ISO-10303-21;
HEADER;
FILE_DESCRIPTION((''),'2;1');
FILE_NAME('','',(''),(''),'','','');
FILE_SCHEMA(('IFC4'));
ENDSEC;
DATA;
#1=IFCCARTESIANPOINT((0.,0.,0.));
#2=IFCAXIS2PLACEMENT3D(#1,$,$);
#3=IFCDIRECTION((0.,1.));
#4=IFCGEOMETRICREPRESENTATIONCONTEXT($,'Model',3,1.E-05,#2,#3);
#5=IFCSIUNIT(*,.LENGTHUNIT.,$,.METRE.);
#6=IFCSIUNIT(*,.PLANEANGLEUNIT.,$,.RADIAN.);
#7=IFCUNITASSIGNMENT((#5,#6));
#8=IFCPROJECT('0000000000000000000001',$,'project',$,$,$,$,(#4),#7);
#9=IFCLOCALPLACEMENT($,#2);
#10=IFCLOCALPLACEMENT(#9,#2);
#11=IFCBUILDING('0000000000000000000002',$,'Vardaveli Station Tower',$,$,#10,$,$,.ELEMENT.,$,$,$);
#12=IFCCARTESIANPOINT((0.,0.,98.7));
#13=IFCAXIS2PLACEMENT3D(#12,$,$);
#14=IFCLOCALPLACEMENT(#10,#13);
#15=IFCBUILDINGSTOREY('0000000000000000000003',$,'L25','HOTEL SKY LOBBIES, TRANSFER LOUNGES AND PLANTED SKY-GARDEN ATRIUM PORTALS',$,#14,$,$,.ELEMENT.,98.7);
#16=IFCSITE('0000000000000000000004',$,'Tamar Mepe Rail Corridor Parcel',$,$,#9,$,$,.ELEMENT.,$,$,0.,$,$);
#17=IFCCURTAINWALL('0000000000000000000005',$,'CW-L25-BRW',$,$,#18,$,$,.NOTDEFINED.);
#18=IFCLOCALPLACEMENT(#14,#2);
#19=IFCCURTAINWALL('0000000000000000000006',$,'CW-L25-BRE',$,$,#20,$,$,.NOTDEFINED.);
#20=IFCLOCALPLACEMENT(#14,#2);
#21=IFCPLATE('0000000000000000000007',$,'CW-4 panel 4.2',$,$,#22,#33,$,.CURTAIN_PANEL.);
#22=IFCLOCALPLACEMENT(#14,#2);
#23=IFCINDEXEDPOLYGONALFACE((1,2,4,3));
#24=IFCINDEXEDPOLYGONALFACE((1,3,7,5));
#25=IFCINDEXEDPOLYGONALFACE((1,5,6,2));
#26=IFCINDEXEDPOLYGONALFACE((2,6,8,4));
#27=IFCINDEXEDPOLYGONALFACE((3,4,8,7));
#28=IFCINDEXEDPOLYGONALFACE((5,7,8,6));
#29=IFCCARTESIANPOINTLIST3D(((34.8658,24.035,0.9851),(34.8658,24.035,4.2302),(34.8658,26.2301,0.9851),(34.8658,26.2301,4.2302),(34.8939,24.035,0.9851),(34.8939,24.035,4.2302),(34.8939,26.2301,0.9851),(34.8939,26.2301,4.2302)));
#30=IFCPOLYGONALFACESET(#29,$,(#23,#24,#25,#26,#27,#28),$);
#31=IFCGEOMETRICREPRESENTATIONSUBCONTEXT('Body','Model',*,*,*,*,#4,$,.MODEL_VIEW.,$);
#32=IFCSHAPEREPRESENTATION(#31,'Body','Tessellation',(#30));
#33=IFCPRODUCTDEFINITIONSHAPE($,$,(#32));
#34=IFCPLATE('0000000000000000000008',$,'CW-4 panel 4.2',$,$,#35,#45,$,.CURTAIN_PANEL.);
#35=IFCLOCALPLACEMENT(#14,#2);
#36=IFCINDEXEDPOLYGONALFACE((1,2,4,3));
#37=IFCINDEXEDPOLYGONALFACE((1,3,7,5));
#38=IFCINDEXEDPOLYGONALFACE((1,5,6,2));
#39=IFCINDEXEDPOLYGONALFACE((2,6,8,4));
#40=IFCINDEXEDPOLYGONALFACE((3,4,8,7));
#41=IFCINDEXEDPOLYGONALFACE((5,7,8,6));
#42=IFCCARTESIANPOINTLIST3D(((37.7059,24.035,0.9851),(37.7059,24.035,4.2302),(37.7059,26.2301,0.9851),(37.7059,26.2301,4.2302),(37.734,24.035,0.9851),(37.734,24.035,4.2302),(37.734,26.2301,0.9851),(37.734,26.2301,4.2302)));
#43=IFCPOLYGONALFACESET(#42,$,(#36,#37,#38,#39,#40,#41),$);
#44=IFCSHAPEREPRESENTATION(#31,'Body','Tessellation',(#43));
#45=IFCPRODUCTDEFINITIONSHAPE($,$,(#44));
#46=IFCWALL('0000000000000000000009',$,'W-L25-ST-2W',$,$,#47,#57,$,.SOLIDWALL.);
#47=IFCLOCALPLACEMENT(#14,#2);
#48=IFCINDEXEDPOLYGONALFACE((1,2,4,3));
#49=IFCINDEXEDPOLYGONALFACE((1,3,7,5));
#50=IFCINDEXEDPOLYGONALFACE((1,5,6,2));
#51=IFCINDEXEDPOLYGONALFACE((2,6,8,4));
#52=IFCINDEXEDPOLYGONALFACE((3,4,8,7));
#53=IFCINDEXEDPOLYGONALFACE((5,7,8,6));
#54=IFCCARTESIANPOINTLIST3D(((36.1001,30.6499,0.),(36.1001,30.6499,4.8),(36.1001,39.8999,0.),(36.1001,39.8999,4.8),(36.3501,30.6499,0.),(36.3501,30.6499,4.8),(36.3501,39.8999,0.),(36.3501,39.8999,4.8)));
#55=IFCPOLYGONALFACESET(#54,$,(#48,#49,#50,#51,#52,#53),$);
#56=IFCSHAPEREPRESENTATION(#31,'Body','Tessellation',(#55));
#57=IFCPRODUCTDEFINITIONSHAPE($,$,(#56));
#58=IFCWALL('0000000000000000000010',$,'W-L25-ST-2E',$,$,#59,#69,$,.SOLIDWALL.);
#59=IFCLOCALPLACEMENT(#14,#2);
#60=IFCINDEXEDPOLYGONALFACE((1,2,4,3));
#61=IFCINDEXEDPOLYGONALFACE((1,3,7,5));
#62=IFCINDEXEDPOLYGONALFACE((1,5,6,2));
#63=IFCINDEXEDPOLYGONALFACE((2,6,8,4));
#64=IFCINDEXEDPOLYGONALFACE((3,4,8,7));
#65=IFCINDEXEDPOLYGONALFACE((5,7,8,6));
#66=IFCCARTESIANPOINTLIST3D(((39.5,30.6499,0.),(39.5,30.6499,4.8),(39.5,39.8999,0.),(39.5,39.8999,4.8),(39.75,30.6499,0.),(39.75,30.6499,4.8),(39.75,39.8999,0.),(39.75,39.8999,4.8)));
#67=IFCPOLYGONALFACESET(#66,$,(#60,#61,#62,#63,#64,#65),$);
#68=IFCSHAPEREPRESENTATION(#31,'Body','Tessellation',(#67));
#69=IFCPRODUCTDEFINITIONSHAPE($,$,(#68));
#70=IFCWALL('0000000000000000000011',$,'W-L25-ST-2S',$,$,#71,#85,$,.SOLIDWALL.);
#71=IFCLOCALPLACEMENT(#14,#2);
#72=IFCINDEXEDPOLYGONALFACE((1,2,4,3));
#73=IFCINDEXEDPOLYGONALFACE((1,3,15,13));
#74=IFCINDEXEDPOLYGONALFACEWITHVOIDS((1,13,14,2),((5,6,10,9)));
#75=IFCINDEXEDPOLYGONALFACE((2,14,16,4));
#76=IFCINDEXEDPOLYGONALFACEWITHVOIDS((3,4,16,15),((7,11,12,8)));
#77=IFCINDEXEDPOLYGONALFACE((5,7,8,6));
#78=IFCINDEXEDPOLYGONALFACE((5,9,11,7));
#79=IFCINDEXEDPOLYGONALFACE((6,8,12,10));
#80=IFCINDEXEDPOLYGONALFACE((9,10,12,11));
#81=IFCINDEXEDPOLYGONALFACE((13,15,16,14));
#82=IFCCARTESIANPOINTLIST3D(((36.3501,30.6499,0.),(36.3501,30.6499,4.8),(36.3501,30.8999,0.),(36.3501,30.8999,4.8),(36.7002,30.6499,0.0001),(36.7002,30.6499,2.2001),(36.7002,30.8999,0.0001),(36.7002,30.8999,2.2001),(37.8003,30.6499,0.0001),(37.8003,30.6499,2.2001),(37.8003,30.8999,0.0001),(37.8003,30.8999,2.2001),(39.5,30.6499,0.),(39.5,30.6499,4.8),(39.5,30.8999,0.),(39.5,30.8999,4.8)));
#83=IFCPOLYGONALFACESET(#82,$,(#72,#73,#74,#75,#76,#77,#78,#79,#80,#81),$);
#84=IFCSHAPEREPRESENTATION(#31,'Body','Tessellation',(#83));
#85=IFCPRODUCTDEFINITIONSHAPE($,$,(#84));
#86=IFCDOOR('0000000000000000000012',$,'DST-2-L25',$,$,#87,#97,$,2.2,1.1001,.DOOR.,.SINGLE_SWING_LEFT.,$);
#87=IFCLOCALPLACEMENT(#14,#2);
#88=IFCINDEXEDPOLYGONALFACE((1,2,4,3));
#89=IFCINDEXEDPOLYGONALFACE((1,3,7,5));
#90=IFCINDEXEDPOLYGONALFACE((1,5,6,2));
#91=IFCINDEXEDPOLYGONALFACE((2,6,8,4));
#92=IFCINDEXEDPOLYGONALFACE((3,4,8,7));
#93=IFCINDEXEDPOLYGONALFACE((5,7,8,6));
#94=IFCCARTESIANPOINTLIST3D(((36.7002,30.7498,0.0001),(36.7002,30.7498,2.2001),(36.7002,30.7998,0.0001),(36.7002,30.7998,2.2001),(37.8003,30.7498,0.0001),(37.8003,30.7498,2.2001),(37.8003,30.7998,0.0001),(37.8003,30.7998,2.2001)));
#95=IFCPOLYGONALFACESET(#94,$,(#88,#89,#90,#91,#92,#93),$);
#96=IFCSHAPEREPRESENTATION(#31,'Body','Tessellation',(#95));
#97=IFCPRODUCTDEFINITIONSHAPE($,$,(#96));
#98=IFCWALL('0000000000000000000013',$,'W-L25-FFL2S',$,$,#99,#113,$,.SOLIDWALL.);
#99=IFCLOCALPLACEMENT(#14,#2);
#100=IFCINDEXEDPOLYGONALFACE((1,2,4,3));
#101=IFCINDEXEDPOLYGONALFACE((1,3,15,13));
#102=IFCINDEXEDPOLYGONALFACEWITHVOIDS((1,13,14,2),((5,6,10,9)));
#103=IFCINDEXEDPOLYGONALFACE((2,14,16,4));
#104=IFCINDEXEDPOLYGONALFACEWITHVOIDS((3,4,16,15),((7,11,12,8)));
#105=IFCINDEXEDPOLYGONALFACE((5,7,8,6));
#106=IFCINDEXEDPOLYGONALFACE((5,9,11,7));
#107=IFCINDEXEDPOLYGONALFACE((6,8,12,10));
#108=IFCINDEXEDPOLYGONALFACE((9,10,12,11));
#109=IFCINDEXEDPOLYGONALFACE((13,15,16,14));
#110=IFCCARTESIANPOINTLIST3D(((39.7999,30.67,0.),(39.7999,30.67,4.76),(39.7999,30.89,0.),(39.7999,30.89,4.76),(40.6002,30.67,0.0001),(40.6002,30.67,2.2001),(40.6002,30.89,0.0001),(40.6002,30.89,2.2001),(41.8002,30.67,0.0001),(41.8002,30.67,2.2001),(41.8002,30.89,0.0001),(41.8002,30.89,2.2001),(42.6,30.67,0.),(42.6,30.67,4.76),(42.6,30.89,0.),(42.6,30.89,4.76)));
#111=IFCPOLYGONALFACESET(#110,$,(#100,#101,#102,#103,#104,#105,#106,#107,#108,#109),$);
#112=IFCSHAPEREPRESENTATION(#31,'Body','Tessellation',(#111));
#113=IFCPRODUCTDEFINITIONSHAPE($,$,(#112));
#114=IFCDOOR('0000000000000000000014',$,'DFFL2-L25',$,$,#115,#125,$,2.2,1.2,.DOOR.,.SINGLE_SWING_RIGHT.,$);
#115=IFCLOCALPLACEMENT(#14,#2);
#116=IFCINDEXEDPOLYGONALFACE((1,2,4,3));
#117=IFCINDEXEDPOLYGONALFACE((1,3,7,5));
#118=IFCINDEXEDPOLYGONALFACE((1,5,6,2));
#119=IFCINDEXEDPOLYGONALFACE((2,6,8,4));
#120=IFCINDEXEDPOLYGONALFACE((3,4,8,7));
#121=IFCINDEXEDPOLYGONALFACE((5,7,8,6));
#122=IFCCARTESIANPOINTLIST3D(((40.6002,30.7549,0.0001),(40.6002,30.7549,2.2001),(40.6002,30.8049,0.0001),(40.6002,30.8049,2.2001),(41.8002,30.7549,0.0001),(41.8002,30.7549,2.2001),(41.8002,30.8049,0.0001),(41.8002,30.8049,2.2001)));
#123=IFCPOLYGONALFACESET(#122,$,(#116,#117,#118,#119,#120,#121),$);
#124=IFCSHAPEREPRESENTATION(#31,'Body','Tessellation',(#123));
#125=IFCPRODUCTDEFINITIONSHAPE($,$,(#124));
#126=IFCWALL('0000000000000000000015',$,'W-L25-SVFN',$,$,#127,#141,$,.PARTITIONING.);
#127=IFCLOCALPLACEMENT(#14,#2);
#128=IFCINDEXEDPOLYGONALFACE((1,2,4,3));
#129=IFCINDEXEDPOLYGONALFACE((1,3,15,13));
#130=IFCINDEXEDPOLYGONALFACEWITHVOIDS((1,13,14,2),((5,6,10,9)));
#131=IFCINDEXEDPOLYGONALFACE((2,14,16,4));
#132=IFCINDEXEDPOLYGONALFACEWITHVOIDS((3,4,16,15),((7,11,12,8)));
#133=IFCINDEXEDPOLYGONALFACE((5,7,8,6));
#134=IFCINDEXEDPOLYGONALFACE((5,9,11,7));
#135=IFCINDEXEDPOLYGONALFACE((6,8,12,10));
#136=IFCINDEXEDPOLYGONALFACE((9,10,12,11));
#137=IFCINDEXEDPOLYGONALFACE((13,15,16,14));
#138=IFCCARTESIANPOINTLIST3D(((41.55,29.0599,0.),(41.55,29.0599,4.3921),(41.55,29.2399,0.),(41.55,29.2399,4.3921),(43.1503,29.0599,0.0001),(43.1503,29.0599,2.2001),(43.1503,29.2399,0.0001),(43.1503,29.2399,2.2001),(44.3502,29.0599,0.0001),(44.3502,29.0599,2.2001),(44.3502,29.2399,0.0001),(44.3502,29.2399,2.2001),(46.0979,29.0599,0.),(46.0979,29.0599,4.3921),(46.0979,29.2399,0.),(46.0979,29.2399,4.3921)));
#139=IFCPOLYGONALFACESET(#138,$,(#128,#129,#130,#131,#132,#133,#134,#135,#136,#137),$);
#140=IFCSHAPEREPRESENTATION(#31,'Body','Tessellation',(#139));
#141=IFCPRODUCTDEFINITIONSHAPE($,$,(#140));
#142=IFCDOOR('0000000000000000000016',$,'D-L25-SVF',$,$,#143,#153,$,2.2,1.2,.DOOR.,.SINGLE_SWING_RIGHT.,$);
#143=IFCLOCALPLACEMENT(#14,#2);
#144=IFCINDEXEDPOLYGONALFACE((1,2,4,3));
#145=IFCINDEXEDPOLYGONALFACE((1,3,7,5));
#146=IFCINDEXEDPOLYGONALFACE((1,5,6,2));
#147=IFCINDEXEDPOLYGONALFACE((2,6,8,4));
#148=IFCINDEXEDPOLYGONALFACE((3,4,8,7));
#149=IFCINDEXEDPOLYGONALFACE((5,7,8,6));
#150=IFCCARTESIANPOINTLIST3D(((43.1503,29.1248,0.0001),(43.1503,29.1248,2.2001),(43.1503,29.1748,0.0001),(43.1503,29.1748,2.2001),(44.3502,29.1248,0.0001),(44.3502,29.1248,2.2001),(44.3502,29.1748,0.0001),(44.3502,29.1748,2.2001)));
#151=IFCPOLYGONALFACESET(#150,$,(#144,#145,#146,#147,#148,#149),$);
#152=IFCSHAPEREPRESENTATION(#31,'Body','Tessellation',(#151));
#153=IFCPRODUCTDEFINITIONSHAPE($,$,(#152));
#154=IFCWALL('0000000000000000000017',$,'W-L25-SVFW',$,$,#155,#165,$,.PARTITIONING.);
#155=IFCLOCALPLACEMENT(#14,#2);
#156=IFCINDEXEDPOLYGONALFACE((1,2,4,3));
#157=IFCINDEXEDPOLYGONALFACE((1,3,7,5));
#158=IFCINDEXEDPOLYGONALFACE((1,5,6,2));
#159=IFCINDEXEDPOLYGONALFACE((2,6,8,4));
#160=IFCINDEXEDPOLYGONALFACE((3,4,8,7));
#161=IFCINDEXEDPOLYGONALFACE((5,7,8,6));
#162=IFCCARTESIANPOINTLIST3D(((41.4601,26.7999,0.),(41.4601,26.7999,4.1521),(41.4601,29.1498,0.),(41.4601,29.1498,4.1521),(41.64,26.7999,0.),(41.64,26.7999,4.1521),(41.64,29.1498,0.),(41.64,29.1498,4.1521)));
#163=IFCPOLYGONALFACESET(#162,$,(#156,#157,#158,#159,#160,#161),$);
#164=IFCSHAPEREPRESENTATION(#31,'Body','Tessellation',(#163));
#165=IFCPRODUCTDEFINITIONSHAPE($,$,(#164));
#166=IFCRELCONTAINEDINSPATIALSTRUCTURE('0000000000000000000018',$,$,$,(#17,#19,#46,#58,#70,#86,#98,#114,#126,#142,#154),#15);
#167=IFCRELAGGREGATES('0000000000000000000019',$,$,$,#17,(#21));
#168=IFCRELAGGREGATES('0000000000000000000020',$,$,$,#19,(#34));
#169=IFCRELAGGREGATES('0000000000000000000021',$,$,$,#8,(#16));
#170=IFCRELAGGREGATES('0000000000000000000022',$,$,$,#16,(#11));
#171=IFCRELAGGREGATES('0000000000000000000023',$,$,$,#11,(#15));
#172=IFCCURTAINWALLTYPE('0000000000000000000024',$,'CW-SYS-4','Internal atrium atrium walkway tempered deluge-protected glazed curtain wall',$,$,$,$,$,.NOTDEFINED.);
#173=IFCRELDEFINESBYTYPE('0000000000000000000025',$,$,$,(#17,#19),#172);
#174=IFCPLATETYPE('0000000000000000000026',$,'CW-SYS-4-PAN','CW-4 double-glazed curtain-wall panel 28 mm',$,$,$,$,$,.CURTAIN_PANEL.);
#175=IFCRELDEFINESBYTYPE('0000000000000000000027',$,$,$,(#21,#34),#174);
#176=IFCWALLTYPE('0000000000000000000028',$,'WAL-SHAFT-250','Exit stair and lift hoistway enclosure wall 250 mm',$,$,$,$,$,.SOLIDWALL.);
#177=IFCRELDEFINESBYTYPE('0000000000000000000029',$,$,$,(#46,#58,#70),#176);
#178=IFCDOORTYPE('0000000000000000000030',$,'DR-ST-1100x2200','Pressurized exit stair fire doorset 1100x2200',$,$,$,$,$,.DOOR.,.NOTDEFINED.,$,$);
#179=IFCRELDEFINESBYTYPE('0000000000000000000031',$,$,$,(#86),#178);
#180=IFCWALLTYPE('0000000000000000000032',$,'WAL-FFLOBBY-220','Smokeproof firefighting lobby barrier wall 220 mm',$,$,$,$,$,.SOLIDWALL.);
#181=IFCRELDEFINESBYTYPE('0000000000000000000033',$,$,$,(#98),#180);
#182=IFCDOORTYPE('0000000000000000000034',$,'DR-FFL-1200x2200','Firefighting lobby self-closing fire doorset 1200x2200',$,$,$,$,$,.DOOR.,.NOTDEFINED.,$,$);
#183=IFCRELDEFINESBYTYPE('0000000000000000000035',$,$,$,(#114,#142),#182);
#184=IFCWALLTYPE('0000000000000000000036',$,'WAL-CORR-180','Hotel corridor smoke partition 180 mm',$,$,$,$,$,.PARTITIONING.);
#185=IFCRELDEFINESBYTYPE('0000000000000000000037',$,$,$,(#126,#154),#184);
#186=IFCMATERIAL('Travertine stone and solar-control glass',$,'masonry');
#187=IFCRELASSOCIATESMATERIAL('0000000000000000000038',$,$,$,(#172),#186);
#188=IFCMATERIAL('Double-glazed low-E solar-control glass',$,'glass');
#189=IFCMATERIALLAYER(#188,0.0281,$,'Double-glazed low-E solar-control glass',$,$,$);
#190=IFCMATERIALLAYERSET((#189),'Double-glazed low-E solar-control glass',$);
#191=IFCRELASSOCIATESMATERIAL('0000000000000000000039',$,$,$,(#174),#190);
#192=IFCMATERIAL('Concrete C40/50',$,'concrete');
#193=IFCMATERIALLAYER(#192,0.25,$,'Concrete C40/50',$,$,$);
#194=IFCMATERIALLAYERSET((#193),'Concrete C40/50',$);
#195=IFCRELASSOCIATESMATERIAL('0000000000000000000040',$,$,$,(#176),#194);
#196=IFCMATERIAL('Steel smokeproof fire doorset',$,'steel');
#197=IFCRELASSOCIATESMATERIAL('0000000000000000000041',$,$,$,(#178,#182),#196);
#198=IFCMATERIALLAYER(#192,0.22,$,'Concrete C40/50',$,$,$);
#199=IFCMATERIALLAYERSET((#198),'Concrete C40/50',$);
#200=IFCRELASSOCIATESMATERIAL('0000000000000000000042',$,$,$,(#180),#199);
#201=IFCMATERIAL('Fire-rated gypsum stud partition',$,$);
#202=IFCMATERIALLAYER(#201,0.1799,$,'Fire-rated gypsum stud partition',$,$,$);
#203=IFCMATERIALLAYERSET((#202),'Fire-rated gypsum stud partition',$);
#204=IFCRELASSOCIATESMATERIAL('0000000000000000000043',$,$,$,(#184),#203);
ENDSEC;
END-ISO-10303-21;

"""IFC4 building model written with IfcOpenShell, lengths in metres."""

from ifc_helpers import new_model, si_unit, direction, frame, frame_2d, origin, origin_2d, place, context, subcontext, project, spatial, rectangle, extrude, source, transform, mapped, material, layer, layer_set, type_object, element, fill, aggregate, save


model = new_model("IFC4")

# Units and contexts
model_context = context("Model", 3, precision=1e-05, world=origin(), true_north=direction((0.0, 1.0)))
body_context = subcontext(model_context, "Body", "Model", "MODEL_VIEW")
ifc_project = project(units=[si_unit("LENGTHUNIT", "METRE"), si_unit("PLANEANGLEUNIT", "RADIAN")], contexts=[model_context])

# Site, building, storey
site_placement = place(None, origin())
site = spatial("IfcSite", under=ifc_project, at=site_placement, Name="Tamar Mepe Rail Corridor Parcel", CompositionType="ELEMENT", RefElevation=0.0)
building_placement = place(site_placement, origin())
building = spatial("IfcBuilding", under=site, at=building_placement, Name="Vardaveli Station Tower", CompositionType="ELEMENT")
storey_placement = place(building_placement, frame((0.0, 0.0, 98.7)))
storey = spatial("IfcBuildingStorey", under=building, at=storey_placement, Name="L25", Description="HOTEL SKY LOBBIES, TRANSFER LOUNGES AND PLANTED SKY-GARDEN ATRIUM PORTALS", CompositionType="ELEMENT", Elevation=98.7)

# Curtain wall
ifc_material_1 = material(Name="Travertine stone and solar-control glass", Category="masonry")
curtain_wall_type = type_object("IfcCurtainWallType", Name="CW-SYS-4", Description="Internal atrium atrium walkway tempered deluge-protected glazed curtain wall", PredefinedType="NOTDEFINED", material=ifc_material_1)
curtain_wall_1_placement = place(storey_placement, origin())
curtain_wall_1 = element("IfcCurtainWall", 1, at=curtain_wall_1_placement, inside=storey, type_object=curtain_wall_type, Name="CW-L25-BRW", PredefinedType="NOTDEFINED")

# Curtain wall
curtain_wall_2_placement = place(storey_placement, origin())
curtain_wall_2 = element("IfcCurtainWall", 2, at=curtain_wall_2_placement, inside=storey, type_object=curtain_wall_type, Name="CW-L25-BRE", PredefinedType="NOTDEFINED")

# Plates
ifc_material_2 = material(Name="Double-glazed low-E solar-control glass", Category="glass")
ifc_layer_1 = layer(ifc_material_2, 0.0281, Name="Double-glazed low-E solar-control glass")
ifc_layer_set_1 = layer_set([ifc_layer_1], Name="Double-glazed low-E solar-control glass")
plate_type = type_object("IfcPlateType", Name="CW-SYS-4-PAN", Description="CW-4 double-glazed curtain-wall panel 28 mm", PredefinedType="CURTAIN_PANEL", material=ifc_layer_set_1)
shared_shape_1 = source(origin(), body_context, "Body", "SweptSolid", [
    extrude(rectangle(XDim=2.1951, YDim=0.0281, at=origin_2d()), origin(), (0.0, 0.0, 1.0), 3.2451),
])
plate_1_placement = place(storey_placement, frame((34.8799, 25.1326, 0.9851), z_axis=(0.0, 0.0, 1.0), x_axis=(0.0, 1.0, 0.0)))
plate_1 = element("IfcPlate", 3, at=plate_1_placement, type_object=plate_type, Name="CW-4 panel 4.2", PredefinedType="CURTAIN_PANEL", context=body_context, shape_type="MappedRepresentation", body=[
    mapped(shared_shape_1, transform((0.0, 0.0, 0.0), scale=1.0)),
])
aggregate(curtain_wall_1, [plate_1])
plate_2_placement = place(storey_placement, frame((37.72, 25.1326, 0.9851), z_axis=(0.0, 0.0, 1.0), x_axis=(0.0, 1.0, 0.0)))
plate_2 = element("IfcPlate", 4, at=plate_2_placement, type_object=plate_type, Name="CW-4 panel 4.2", PredefinedType="CURTAIN_PANEL", context=body_context, shape_type="MappedRepresentation", body=[
    mapped(shared_shape_1, transform((0.0, 0.0, 0.0), scale=1.0)),
])
aggregate(curtain_wall_2, [plate_2])

# Walls
ifc_material_3 = material(Name="Concrete C40/50", Category="concrete")
ifc_layer_2 = layer(ifc_material_3, 0.25, Name="Concrete C40/50")
ifc_layer_set_2 = layer_set([ifc_layer_2], Name="Concrete C40/50")
wall_type_1 = type_object("IfcWallType", Name="WAL-SHAFT-250", Description="Exit stair and lift hoistway enclosure wall 250 mm", PredefinedType="SOLIDWALL", material=ifc_layer_set_2)
shared_shape_2 = source(origin(), body_context, "Body", "SweptSolid", [
    extrude(rectangle(XDim=9.25, YDim=0.25, at=frame_2d((4.625, 0.0))), origin(), (0.0, 0.0, 1.0), 4.8),
])
for number, where, z_axis, x_axis, name in (
    (5, (36.2251, 30.6499, 0.0), (0.0, 0.0, 1.0), (0.0, 1.0, 0.0), "W-L25-ST-2W"),
    (6, (39.625, 30.6499, 0.0), (0.0, 0.0, 1.0), (0.0, 1.0, 0.0), "W-L25-ST-2E"),
):
    element("IfcWall", number, at=place(storey_placement, frame(where, z_axis=z_axis, x_axis=x_axis)), inside=storey, type_object=wall_type_1, Name=name, PredefinedType="SOLIDWALL", context=body_context, shape_type="MappedRepresentation", body=[
        mapped(shared_shape_2, transform((0.0, 0.0, 0.0), scale=1.0)),
    ])

# Walls, openings, doors
shared_shape_3 = source(origin(), body_context, "Body", "SweptSolid", [
    extrude(rectangle(XDim=3.1499, YDim=0.25, at=frame_2d((1.575, 0.0))), origin(), (0.0, 0.0, 1.0), 4.8),
])
wall_1_placement = place(storey_placement, frame((36.3501, 30.7749, 0.0), z_axis=(0.0, 0.0, 1.0), x_axis=(1.0, 0.0, 0.0)))
wall_1 = element("IfcWall", 7, at=wall_1_placement, inside=storey, type_object=wall_type_1, Name="W-L25-ST-2S", PredefinedType="SOLIDWALL", context=body_context, shape_type="MappedRepresentation", body=[
    mapped(shared_shape_3, transform((0.0, 0.0, 0.0), scale=1.0)),
])
shared_shape_4 = source(origin(), body_context, "Body", "SweptSolid", [
    extrude(rectangle(XDim=1.1001, YDim=2.2, at=frame_2d((0.55, 1.1001))), frame((0.0, 0.135, 0.0), z_axis=(0.0, -1.0, 0.0), x_axis=(1.0, 0.0, 0.0)), (0.0, 0.0, 1.0), 0.27),
])
opening_1_placement = place(wall_1_placement, frame((0.3501, 0.0, 0.0)))
opening_1 = element("IfcOpeningElement", 8, at=opening_1_placement, cuts=wall_1, PredefinedType="OPENING", context=body_context, shape_type="MappedRepresentation", body=[
    mapped(shared_shape_4, transform((0.0, 0.0, 0.0), scale=1.0)),
])
ifc_material_4 = material(Name="Steel smokeproof fire doorset", Category="steel")
door_type_1 = type_object("IfcDoorType", Name="DR-ST-1100x2200", Description="Pressurized exit stair fire doorset 1100x2200", OperationType="NOTDEFINED", PredefinedType="DOOR", material=ifc_material_4)
shared_shape_5 = source(origin(), body_context, "Body", "SweptSolid", [
    extrude(rectangle(XDim=1.1001, YDim=2.2, at=frame_2d((0.55, 1.1001))), frame((0.0, 0.0249, 0.0), z_axis=(0.0, -1.0, 0.0), x_axis=(1.0, 0.0, 0.0)), (0.0, 0.0, 1.0), 0.05),
])
door_1_placement = place(opening_1_placement, origin())
door_1 = element("IfcDoor", 9, at=door_1_placement, inside=storey, type_object=door_type_1, Name="DST-2-L25", OperationType="SINGLE_SWING_LEFT", OverallHeight=2.2, OverallWidth=1.1001, PredefinedType="DOOR", context=body_context, shape_type="MappedRepresentation", body=[
    mapped(shared_shape_5, transform((0.0, 0.0, 0.0), scale=1.0)),
])
fill(opening_1, door_1)
ifc_layer_3 = layer(ifc_material_3, 0.22, Name="Concrete C40/50")
ifc_layer_set_3 = layer_set([ifc_layer_3], Name="Concrete C40/50")
wall_type_2 = type_object("IfcWallType", Name="WAL-FFLOBBY-220", Description="Smokeproof firefighting lobby barrier wall 220 mm", PredefinedType="SOLIDWALL", material=ifc_layer_set_3)
shared_shape_6 = source(origin(), body_context, "Body", "SweptSolid", [
    extrude(rectangle(XDim=2.8, YDim=0.22, at=frame_2d((1.3999, 0.0))), origin(), (0.0, 0.0, 1.0), 4.76),
])
wall_2_placement = place(storey_placement, frame((39.8, 30.78, 0.0), z_axis=(0.0, 0.0, 1.0), x_axis=(1.0, 0.0, 0.0)))
wall_2 = element("IfcWall", 10, at=wall_2_placement, inside=storey, type_object=wall_type_2, Name="W-L25-FFL2S", PredefinedType="SOLIDWALL", context=body_context, shape_type="MappedRepresentation", body=[
    mapped(shared_shape_6, transform((0.0, 0.0, 0.0), scale=1.0)),
])
shared_shape_7 = source(origin(), body_context, "Body", "SweptSolid", [
    extrude(rectangle(XDim=1.2, YDim=2.2, at=frame_2d((0.6001, 1.1001))), frame((0.0, 0.1201, 0.0), z_axis=(0.0, -1.0, 0.0), x_axis=(1.0, 0.0, 0.0)), (0.0, 0.0, 1.0), 0.24),
])
opening_2_placement = place(wall_2_placement, frame((0.8, 0.0, 0.0)))
opening_2 = element("IfcOpeningElement", 11, at=opening_2_placement, cuts=wall_2, PredefinedType="OPENING", context=body_context, shape_type="MappedRepresentation", body=[
    mapped(shared_shape_7, transform((0.0, 0.0, 0.0), scale=1.0)),
])
door_type_2 = type_object("IfcDoorType", Name="DR-FFL-1200x2200", Description="Firefighting lobby self-closing fire doorset 1200x2200", OperationType="NOTDEFINED", PredefinedType="DOOR", material=ifc_material_4)
shared_shape_8 = source(origin(), body_context, "Body", "SweptSolid", [
    extrude(rectangle(XDim=1.2, YDim=2.2, at=frame_2d((0.6001, 1.1001))), frame((0.0, 0.0249, 0.0), z_axis=(0.0, -1.0, 0.0), x_axis=(1.0, 0.0, 0.0)), (0.0, 0.0, 1.0), 0.05),
])
door_2_placement = place(opening_2_placement, origin())
door_2 = element("IfcDoor", 12, at=door_2_placement, inside=storey, type_object=door_type_2, Name="DFFL2-L25", OperationType="SINGLE_SWING_RIGHT", OverallHeight=2.2, OverallWidth=1.2, PredefinedType="DOOR", context=body_context, shape_type="MappedRepresentation", body=[
    mapped(shared_shape_8, transform((0.0, 0.0, 0.0), scale=1.0)),
])
fill(opening_2, door_2)
ifc_material_5 = material(Name="Fire-rated gypsum stud partition")
ifc_layer_4 = layer(ifc_material_5, 0.1799, Name="Fire-rated gypsum stud partition")
ifc_layer_set_4 = layer_set([ifc_layer_4], Name="Fire-rated gypsum stud partition")
wall_type_3 = type_object("IfcWallType", Name="WAL-CORR-180", Description="Hotel corridor smoke partition 180 mm", PredefinedType="PARTITIONING", material=ifc_layer_set_4)
shared_shape_9 = source(origin(), body_context, "Body", "SweptSolid", [
    extrude(rectangle(XDim=4.5479, YDim=0.1799, at=frame_2d((2.2739, 0.0))), origin(), (0.0, 0.0, 1.0), 4.3921),
])
wall_3_placement = place(storey_placement, frame((41.55, 29.1499, 0.0), z_axis=(0.0, 0.0, 1.0), x_axis=(1.0, 0.0, 0.0)))
wall_3 = element("IfcWall", 13, at=wall_3_placement, inside=storey, type_object=wall_type_3, Name="W-L25-SVFN", PredefinedType="PARTITIONING", context=body_context, shape_type="MappedRepresentation", body=[
    mapped(shared_shape_9, transform((0.0, 0.0, 0.0), scale=1.0)),
])
shared_shape_10 = source(origin(), body_context, "Body", "SweptSolid", [
    extrude(rectangle(XDim=1.2, YDim=2.2, at=frame_2d((0.6001, 1.1001))), frame((0.0, 0.1001, 0.0), z_axis=(0.0, -1.0, 0.0), x_axis=(1.0, 0.0, 0.0)), (0.0, 0.0, 1.0), 0.2),
])
opening_3_placement = place(wall_3_placement, frame((1.6001, 0.0, 0.0)))
opening_3 = element("IfcOpeningElement", 14, at=opening_3_placement, cuts=wall_3, PredefinedType="OPENING", context=body_context, shape_type="MappedRepresentation", body=[
    mapped(shared_shape_10, transform((0.0, 0.0, 0.0), scale=1.0)),
])
door_3_placement = place(opening_3_placement, origin())
door_3 = element("IfcDoor", 15, at=door_3_placement, inside=storey, type_object=door_type_2, Name="D-L25-SVF", OperationType="SINGLE_SWING_RIGHT", OverallHeight=2.2, OverallWidth=1.2, PredefinedType="DOOR", context=body_context, shape_type="MappedRepresentation", body=[
    mapped(shared_shape_8, transform((0.0, 0.0, 0.0), scale=1.0)),
])
fill(opening_3, door_3)

# Wall
shared_shape_11 = source(origin(), body_context, "Body", "SweptSolid", [
    extrude(rectangle(XDim=2.3499, YDim=0.1799, at=frame_2d((1.1748, 0.0))), origin(), (0.0, 0.0, 1.0), 4.1521),
])
wall_4_placement = place(storey_placement, frame((41.55, 26.8, 0.0), z_axis=(0.0, 0.0, 1.0), x_axis=(0.0, 1.0, 0.0)))
element("IfcWall", 16, at=wall_4_placement, inside=storey, type_object=wall_type_3, Name="W-L25-SVFW", PredefinedType="PARTITIONING", context=body_context, shape_type="MappedRepresentation", body=[
    mapped(shared_shape_11, transform((0.0, 0.0, 0.0), scale=1.0)),
])

save(model, "model.ifc")
